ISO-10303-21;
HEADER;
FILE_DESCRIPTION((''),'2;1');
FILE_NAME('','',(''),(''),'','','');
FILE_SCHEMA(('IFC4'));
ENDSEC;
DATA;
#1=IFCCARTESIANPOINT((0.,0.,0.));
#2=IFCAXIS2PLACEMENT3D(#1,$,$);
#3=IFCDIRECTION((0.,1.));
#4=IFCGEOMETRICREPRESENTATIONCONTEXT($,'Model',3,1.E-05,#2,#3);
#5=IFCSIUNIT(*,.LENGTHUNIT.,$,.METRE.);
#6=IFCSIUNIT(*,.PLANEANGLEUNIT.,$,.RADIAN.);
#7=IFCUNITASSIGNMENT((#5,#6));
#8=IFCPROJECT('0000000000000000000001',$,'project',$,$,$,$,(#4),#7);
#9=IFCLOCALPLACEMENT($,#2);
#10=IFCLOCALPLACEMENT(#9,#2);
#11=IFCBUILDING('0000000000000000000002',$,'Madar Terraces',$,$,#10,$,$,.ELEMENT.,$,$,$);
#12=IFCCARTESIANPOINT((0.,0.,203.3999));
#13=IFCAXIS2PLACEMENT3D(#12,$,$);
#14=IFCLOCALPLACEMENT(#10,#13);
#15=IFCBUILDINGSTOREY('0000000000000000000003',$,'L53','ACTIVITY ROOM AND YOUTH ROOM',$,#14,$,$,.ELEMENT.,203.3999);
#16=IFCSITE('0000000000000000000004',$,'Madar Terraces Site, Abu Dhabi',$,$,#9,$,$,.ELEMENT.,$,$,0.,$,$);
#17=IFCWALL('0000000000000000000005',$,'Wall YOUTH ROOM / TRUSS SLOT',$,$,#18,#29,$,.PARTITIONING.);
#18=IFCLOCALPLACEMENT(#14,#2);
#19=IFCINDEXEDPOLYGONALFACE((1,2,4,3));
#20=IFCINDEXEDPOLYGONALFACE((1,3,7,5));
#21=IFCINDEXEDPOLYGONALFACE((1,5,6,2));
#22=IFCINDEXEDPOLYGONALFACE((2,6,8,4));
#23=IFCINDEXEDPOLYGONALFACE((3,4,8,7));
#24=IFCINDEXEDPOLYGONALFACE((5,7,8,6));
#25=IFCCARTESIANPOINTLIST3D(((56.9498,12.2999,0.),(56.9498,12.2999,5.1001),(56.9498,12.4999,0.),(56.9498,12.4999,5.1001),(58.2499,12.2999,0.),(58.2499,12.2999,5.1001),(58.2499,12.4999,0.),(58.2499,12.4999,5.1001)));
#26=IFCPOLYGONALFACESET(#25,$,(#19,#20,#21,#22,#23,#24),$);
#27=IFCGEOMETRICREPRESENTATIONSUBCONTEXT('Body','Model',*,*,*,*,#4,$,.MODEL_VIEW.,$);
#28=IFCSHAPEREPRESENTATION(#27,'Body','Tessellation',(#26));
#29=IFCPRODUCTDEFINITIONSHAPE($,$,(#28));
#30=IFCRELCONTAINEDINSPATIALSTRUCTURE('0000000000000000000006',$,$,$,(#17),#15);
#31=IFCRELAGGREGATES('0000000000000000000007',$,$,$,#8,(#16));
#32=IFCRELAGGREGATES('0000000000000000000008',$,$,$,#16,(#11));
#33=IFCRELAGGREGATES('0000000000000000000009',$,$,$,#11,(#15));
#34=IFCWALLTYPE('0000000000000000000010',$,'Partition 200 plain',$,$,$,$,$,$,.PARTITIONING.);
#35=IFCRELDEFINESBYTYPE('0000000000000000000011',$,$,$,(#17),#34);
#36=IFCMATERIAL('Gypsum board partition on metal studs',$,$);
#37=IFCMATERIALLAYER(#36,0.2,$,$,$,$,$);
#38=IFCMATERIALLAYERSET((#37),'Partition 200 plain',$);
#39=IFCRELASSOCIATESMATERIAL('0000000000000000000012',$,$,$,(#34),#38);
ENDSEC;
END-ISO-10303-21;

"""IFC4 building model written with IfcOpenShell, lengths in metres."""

from ifc_helpers import new_model, si_unit, direction, frame, frame_2d, origin, place, context, subcontext, project, spatial, rectangle, extrude, material, layer, layer_set, type_object, element, save


model = new_model("IFC4")

# Units and contexts
model_context = context("Model", 3, precision=1e-05, world=origin(), true_north=direction((0.0, 1.0)))
body_context = subcontext(model_context, "Body", "Model", "MODEL_VIEW")
ifc_project = project(units=[si_unit("LENGTHUNIT", "METRE"), si_unit("PLANEANGLEUNIT", "RADIAN")], contexts=[model_context])

# Site, building, storey
site_placement = place(None, origin())
site = spatial("IfcSite", under=ifc_project, at=site_placement, Name="Madar Terraces Site, Abu Dhabi", CompositionType="ELEMENT", RefElevation=0.0)
building_placement = place(site_placement, origin())
building = spatial("IfcBuilding", under=site, at=building_placement, Name="Madar Terraces", CompositionType="ELEMENT")
storey_placement = place(building_placement, frame((0.0, 0.0, 203.3999)))
storey = spatial("IfcBuildingStorey", under=building, at=storey_placement, Name="L53", Description="ACTIVITY ROOM AND YOUTH ROOM", CompositionType="ELEMENT", Elevation=203.3999)

# Wall
ifc_material_1 = material(Name="Gypsum board partition on metal studs")
ifc_layer_1 = layer(ifc_material_1, 0.2)
ifc_layer_set_1 = layer_set([ifc_layer_1], Name="Partition 200 plain")
wall_type_1 = type_object("IfcWallType", Name="Partition 200 plain", PredefinedType="PARTITIONING", material=ifc_layer_set_1)
wall_1_placement = place(storey_placement, frame((56.95, 12.3999, 0.0), z_axis=(0.0, 0.0, 1.0), x_axis=(1.0, 0.0, 0.0)))
element("IfcWall", 1, at=wall_1_placement, inside=storey, type_object=wall_type_1, Name="Wall YOUTH ROOM / TRUSS SLOT", PredefinedType="PARTITIONING", context=body_context, shape_type="SweptSolid", body=[
    extrude(rectangle(XDim=1.3, YDim=0.2, at=frame_2d((0.6499, 0.0))), origin(), (0.0, 0.0, 1.0), 5.1001),
])

save(model, "model.ifc")
